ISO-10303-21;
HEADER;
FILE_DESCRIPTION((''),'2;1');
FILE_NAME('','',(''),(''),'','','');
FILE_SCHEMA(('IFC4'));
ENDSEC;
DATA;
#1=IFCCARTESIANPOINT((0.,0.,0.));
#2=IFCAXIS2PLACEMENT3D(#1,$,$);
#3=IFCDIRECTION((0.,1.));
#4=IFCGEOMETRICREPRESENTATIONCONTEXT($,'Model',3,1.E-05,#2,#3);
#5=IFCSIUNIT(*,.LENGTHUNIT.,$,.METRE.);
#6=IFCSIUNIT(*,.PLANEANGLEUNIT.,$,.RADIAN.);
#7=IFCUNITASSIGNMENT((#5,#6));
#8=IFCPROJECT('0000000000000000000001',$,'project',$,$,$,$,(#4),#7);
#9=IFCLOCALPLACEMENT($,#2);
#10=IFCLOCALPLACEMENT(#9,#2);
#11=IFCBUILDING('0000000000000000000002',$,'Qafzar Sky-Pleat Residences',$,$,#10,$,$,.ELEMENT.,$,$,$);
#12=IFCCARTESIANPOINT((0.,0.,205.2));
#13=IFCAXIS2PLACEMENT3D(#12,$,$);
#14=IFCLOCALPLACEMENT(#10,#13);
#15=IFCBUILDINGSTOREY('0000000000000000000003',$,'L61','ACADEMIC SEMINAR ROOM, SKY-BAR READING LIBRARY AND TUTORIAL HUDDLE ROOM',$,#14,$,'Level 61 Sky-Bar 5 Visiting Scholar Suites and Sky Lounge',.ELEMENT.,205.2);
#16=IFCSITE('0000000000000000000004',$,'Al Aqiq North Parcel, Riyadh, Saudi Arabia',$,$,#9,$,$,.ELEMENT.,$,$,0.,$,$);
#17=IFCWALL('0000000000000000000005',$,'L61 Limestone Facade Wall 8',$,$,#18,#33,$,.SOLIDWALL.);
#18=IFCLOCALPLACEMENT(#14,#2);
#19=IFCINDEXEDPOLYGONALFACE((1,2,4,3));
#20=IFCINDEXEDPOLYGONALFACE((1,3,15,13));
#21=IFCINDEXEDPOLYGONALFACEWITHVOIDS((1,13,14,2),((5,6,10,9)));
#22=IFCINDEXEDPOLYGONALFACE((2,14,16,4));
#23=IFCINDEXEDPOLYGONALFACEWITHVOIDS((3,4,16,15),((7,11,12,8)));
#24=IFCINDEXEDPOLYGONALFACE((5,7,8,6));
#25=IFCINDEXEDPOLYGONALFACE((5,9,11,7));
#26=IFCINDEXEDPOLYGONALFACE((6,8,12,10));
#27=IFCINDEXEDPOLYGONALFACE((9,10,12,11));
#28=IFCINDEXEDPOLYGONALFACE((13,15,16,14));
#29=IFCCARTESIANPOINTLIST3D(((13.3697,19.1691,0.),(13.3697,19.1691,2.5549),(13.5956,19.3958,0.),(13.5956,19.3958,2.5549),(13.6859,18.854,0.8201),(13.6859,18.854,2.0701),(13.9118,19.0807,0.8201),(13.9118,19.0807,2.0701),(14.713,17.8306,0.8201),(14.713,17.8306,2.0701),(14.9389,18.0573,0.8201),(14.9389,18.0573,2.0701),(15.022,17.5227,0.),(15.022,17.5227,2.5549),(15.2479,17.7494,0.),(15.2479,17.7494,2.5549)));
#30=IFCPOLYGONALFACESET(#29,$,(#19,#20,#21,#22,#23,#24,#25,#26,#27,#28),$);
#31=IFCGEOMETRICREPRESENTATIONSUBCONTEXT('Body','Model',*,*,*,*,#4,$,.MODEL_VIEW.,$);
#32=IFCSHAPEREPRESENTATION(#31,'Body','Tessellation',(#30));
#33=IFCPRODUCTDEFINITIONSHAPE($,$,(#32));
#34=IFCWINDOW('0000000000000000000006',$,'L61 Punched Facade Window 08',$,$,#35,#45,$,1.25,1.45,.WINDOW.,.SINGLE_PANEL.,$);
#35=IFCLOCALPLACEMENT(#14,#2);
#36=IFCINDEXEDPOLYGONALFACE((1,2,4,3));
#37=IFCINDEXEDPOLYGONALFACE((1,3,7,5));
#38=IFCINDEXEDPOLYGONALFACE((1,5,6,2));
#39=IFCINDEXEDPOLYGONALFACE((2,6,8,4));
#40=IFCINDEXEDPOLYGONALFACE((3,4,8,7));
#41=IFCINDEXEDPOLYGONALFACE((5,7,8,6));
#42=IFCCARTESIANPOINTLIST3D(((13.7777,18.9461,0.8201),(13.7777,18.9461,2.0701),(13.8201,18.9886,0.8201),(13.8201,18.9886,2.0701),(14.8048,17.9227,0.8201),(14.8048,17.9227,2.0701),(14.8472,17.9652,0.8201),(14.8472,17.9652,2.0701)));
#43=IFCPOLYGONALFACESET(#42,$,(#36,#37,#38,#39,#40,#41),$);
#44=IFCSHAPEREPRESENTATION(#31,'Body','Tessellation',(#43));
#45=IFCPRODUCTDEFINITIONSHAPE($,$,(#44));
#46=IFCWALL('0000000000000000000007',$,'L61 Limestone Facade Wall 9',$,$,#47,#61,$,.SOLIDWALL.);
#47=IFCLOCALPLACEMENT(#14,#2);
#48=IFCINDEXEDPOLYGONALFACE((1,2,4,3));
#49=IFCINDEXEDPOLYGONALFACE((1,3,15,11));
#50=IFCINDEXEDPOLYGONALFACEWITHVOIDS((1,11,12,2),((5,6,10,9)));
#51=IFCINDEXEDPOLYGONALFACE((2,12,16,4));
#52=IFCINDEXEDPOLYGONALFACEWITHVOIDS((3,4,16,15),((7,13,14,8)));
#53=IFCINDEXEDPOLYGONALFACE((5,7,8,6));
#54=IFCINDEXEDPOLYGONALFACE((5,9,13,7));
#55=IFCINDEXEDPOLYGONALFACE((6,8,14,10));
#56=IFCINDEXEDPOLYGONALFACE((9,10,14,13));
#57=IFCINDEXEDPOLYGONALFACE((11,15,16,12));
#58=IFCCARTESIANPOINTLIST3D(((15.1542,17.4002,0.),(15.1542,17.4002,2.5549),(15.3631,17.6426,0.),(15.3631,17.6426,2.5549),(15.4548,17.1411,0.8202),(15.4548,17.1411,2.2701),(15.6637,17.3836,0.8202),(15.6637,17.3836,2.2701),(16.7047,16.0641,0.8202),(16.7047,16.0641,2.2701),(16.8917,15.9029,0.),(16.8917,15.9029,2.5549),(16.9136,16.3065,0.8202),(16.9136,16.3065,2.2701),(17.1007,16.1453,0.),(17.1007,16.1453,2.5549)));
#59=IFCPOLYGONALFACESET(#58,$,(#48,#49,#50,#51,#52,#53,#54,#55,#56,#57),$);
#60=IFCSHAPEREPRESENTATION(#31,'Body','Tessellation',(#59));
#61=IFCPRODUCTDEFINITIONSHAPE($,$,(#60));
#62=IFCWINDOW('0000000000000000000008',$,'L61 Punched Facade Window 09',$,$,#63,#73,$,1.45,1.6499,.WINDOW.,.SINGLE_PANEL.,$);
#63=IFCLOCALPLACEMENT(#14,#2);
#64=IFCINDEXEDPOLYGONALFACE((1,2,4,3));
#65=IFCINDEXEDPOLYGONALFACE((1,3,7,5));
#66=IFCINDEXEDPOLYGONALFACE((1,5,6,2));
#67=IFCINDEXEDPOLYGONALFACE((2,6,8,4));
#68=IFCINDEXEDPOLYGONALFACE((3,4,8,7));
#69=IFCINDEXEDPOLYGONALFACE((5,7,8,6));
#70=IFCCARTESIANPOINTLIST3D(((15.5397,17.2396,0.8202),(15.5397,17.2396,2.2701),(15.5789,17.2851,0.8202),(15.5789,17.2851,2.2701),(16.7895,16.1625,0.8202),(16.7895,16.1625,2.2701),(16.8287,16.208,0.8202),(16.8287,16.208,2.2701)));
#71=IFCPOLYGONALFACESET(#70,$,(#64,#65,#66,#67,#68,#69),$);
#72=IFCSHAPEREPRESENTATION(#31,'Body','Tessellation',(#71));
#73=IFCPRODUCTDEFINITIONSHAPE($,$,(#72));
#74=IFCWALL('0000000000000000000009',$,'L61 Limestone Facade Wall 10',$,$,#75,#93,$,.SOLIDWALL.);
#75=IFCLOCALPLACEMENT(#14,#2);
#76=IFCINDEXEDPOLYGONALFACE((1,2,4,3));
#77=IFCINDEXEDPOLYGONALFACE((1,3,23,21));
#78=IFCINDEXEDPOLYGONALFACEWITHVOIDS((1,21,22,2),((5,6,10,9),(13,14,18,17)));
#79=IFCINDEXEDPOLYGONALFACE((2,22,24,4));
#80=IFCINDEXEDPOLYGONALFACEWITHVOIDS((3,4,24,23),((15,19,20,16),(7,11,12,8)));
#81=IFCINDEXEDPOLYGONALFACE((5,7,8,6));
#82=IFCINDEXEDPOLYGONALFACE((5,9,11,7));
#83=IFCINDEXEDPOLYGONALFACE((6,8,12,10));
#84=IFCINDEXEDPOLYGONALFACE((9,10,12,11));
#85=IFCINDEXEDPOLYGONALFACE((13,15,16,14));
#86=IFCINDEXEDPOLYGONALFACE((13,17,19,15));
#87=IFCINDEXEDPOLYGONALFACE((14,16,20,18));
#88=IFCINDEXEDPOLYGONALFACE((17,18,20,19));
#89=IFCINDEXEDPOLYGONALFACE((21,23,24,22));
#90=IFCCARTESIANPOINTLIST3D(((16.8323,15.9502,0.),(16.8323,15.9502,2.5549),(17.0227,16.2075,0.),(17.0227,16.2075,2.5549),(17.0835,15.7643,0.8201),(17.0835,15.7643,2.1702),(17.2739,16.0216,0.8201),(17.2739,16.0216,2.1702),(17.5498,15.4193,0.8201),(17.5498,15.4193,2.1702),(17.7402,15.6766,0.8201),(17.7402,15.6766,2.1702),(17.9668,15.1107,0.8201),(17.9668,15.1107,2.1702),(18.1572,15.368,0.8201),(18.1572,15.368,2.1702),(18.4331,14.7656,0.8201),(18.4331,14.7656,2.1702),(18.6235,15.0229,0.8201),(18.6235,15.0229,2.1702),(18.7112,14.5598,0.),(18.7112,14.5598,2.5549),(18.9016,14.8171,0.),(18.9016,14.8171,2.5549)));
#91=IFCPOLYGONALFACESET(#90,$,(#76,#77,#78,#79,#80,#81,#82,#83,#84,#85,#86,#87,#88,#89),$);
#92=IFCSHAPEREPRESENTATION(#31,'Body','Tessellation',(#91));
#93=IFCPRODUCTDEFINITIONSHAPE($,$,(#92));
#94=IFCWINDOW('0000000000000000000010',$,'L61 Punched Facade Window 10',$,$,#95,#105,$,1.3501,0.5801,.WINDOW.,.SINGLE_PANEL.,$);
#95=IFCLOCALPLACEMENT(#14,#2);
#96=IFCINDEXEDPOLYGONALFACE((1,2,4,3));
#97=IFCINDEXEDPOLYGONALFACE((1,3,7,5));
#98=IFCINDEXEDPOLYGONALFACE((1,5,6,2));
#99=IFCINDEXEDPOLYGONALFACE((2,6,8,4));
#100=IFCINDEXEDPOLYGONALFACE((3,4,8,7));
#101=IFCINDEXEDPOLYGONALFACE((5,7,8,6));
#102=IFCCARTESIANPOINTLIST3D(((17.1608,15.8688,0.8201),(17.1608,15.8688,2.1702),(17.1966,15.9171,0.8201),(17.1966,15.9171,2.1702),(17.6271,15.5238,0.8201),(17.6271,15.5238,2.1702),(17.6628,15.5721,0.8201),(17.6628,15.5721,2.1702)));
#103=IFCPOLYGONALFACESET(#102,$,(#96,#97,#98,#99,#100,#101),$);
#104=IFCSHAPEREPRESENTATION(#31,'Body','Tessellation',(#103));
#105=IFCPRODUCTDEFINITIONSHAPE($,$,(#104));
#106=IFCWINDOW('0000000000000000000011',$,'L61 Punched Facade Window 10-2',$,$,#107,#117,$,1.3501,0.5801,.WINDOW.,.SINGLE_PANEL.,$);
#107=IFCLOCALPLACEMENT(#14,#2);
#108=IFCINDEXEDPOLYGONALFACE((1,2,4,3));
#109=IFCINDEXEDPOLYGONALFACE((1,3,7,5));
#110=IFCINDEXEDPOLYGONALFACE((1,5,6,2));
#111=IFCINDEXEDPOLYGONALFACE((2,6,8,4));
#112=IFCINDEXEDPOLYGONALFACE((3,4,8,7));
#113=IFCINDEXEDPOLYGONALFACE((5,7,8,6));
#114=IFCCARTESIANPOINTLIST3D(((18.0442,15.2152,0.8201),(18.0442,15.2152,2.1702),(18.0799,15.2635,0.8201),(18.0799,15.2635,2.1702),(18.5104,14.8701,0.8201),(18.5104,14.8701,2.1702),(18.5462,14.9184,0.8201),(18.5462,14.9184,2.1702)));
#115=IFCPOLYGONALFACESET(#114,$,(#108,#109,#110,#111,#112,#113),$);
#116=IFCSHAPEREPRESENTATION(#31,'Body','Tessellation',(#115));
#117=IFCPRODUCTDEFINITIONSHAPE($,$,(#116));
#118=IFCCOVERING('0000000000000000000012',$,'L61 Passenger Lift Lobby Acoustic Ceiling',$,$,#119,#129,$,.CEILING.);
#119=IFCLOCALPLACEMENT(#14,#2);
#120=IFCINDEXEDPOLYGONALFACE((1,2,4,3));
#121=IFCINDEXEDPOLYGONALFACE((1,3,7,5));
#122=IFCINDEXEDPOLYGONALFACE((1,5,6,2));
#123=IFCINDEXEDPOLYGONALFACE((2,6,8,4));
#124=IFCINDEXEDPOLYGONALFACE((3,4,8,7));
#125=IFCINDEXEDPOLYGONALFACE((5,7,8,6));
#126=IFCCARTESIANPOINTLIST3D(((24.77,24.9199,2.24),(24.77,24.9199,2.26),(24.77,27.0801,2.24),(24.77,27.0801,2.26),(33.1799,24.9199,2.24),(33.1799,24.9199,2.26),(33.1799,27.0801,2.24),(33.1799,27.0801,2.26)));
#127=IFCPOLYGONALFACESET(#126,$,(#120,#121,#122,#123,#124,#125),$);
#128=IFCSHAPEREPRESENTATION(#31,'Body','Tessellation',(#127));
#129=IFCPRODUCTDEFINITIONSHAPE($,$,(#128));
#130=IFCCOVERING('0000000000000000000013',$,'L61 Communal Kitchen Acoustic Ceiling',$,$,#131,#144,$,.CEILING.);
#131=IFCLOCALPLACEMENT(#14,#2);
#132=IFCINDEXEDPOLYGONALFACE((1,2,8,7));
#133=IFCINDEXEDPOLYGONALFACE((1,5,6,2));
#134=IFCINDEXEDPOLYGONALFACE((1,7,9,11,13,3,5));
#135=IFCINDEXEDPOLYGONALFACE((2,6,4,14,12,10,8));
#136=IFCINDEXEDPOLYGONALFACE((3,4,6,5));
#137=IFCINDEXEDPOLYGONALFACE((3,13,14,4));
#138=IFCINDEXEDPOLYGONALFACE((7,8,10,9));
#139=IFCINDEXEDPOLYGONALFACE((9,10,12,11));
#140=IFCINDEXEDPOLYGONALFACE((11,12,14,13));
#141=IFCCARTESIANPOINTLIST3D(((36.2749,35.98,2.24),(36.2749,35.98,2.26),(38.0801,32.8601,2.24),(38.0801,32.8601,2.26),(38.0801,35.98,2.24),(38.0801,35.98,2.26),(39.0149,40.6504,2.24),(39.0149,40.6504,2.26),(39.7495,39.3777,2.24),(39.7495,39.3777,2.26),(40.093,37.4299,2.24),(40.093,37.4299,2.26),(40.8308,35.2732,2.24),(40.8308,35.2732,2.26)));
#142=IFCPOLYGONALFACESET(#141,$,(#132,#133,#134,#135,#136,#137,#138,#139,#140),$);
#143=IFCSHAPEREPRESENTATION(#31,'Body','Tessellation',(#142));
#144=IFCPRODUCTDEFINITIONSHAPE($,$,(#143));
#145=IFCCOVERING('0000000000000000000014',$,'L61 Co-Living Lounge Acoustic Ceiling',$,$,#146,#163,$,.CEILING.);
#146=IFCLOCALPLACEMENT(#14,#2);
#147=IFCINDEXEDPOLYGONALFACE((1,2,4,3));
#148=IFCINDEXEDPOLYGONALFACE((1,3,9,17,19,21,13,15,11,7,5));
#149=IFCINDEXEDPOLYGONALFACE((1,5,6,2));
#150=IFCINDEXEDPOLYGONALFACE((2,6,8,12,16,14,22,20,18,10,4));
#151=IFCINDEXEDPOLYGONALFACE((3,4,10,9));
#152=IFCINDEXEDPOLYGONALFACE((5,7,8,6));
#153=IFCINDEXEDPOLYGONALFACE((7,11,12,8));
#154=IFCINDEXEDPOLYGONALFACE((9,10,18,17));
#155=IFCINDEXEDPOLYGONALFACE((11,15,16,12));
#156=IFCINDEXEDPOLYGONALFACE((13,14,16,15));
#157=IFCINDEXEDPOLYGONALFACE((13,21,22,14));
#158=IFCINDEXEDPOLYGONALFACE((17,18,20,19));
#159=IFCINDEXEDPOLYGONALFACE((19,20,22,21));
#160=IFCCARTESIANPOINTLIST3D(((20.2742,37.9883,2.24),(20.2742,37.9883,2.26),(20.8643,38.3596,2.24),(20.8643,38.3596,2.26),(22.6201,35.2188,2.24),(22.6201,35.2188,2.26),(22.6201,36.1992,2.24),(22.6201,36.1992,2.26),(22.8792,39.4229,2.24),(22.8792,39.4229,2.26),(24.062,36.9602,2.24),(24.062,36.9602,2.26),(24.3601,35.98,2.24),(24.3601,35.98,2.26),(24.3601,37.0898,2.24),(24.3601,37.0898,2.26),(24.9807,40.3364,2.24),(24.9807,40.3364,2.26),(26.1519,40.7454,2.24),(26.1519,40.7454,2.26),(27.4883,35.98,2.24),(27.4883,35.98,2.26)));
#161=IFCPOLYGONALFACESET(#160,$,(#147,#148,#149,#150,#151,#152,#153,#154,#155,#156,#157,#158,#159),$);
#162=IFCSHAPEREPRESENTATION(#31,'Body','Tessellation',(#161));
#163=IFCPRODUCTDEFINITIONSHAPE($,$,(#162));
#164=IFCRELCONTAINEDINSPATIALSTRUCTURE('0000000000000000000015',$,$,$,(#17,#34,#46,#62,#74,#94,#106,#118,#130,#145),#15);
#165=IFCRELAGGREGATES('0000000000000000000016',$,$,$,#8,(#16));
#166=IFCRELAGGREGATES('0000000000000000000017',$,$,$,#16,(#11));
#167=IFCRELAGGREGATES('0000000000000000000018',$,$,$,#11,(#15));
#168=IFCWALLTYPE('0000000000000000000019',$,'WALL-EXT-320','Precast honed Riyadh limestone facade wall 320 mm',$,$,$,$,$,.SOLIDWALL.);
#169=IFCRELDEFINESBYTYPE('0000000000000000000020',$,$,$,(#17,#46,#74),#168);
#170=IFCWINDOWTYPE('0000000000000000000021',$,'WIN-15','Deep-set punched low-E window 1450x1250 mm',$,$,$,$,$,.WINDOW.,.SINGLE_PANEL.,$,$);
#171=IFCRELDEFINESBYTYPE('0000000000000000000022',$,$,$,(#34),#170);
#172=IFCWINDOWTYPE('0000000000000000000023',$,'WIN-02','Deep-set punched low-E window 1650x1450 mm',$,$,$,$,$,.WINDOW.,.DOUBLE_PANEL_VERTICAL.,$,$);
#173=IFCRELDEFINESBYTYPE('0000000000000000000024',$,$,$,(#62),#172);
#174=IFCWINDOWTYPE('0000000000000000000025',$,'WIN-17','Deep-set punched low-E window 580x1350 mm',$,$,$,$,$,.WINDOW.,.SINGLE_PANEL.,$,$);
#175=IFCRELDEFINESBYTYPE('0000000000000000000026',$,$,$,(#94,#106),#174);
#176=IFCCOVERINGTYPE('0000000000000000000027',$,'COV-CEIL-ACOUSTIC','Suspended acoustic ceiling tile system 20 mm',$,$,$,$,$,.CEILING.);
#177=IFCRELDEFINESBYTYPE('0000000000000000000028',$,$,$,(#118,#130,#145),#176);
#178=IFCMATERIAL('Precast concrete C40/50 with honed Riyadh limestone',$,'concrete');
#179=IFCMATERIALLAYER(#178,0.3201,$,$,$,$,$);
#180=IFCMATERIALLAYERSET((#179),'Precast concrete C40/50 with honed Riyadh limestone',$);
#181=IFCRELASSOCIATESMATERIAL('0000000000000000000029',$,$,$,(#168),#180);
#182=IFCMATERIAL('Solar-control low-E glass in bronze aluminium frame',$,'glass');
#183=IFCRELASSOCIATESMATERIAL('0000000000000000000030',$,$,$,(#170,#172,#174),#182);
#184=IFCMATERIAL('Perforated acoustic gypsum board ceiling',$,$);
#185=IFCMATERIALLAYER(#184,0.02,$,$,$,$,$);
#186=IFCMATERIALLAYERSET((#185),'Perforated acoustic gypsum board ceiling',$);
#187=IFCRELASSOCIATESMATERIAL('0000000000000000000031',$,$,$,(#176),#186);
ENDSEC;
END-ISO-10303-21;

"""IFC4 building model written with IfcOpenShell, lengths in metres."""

from ifc_helpers import new_model, si_unit, direction, frame, frame_2d, origin, place, context, subcontext, project, spatial, polyline, rectangle, outline, extrude, source, transform, mapped, material, layer, layer_set, type_object, element, fill, save


model = new_model("IFC4")

# Units and contexts
model_context = context("Model", 3, precision=1e-05, world=origin(), true_north=direction((0.0, 1.0)))
body_context = subcontext(model_context, "Body", "Model", "MODEL_VIEW")
ifc_project = project(units=[si_unit("LENGTHUNIT", "METRE"), si_unit("PLANEANGLEUNIT", "RADIAN")], contexts=[model_context])

# Site, building, storey
site_placement = place(None, origin())
site = spatial("IfcSite", under=ifc_project, at=site_placement, Name="Al Aqiq North Parcel, Riyadh, Saudi Arabia", CompositionType="ELEMENT", RefElevation=0.0)
building_placement = place(site_placement, origin())
building = spatial("IfcBuilding", under=site, at=building_placement, Name="Qafzar Sky-Pleat Residences", CompositionType="ELEMENT")
storey_placement = place(building_placement, frame((0.0, 0.0, 205.2)))
storey = spatial("IfcBuildingStorey", under=building, at=storey_placement, Name="L61", Description="ACADEMIC SEMINAR ROOM, SKY-BAR READING LIBRARY AND TUTORIAL HUDDLE ROOM", LongName="Level 61 Sky-Bar 5 Visiting Scholar Suites and Sky Lounge", CompositionType="ELEMENT", Elevation=205.2)

# Walls, openings, windows
ifc_material_1 = material(Name="Precast concrete C40/50 with honed Riyadh limestone", Category="concrete")
ifc_layer_1 = layer(ifc_material_1, 0.3201)
ifc_layer_set_1 = layer_set([ifc_layer_1], Name="Precast concrete C40/50 with honed Riyadh limestone")
wall_type = type_object("IfcWallType", Name="WALL-EXT-320", Description="Precast honed Riyadh limestone facade wall 320 mm", PredefinedType="SOLIDWALL", material=ifc_layer_set_1)
wall_1_placement = place(storey_placement, frame((13.4827, 19.2825, 0.0), z_axis=(0.0, 0.0, 1.0), x_axis=(0.708362, -0.70585, 0.0)))
wall_1 = element("IfcWall", 1, at=wall_1_placement, inside=storey, type_object=wall_type, Name="L61 Limestone Facade Wall 8", PredefinedType="SOLIDWALL", context=body_context, shape_type="SweptSolid", body=[
    extrude(rectangle(XDim=2.3325, YDim=0.3201, at=frame_2d((1.1663, 0.0))), origin(), (0.0, 0.0, 1.0), 2.5549),
])
opening_1_placement = place(wall_1_placement, frame((0.4463, 0.0, 0.8201)))
opening_1 = element("IfcOpeningElement", 2, at=opening_1_placement, cuts=wall_1, PredefinedType="OPENING", context=body_context, shape_type="SweptSolid", body=[
    extrude(rectangle(XDim=1.45, YDim=1.25, at=frame_2d((0.7251, 0.625))), frame((0.0, 0.1699, 0.0), z_axis=(0.0, -1.0, 0.0), x_axis=(1.0, 0.0, 0.0)), (0.0, 0.0, 1.0), 0.3401),
])
ifc_material_2 = material(Name="Solar-control low-E glass in bronze aluminium frame", Category="glass")
window_type_1 = type_object("IfcWindowType", Name="WIN-15", Description="Deep-set punched low-E window 1450x1250 mm", PartitioningType="SINGLE_PANEL", PredefinedType="WINDOW", material=ifc_material_2)
shared_shape_1 = source(origin(), body_context, "Body", "SweptSolid", [
    extrude(rectangle(XDim=1.45, YDim=1.25, at=frame_2d((0.7251, 0.625))), frame((0.0, 0.03, 0.0), z_axis=(0.0, -1.0, 0.0), x_axis=(1.0, 0.0, 0.0)), (0.0, 0.0, 1.0), 0.0601),
])
window_1_placement = place(opening_1_placement, origin())
window_1 = element("IfcWindow", 3, at=window_1_placement, inside=storey, type_object=window_type_1, Name="L61 Punched Facade Window 08", OverallHeight=1.25, OverallWidth=1.45, PartitioningType="SINGLE_PANEL", PredefinedType="WINDOW", context=body_context, shape_type="MappedRepresentation", body=[
    mapped(shared_shape_1, transform((0.0, 0.0, 0.0), x_axis=(1.0, 0.0, 0.0), y_axis=(0.0, 1.0, 0.0), z_axis=(0.0, 0.0, 1.0), scale=1.0)),
])
fill(opening_1, window_1)
wall_2_placement = place(storey_placement, frame((15.2585, 17.5215, 0.0), z_axis=(0.0, 0.0, 1.0), x_axis=(0.757533, -0.652796, 0.0)))
wall_2 = element("IfcWall", 4, at=wall_2_placement, inside=storey, type_object=wall_type, Name="L61 Limestone Facade Wall 9", PredefinedType="SOLIDWALL", context=body_context, shape_type="SweptSolid", body=[
    extrude(rectangle(XDim=2.2937, YDim=0.3201, at=frame_2d((1.147, 0.0))), origin(), (0.0, 0.0, 1.0), 2.5549),
])
opening_2_placement = place(wall_2_placement, frame((0.397, 0.0, 0.8201)))
opening_2 = element("IfcOpeningElement", 5, at=opening_2_placement, cuts=wall_2, PredefinedType="OPENING", context=body_context, shape_type="SweptSolid", body=[
    extrude(rectangle(XDim=1.6499, YDim=1.45, at=frame_2d((0.825, 0.7251))), frame((0.0, 0.1699, 0.0), z_axis=(0.0, -1.0, 0.0), x_axis=(1.0, 0.0, 0.0)), (0.0, 0.0, 1.0), 0.3401),
])
window_type_2 = type_object("IfcWindowType", Name="WIN-02", Description="Deep-set punched low-E window 1650x1450 mm", PartitioningType="DOUBLE_PANEL_VERTICAL", PredefinedType="WINDOW", material=ifc_material_2)
shared_shape_2 = source(origin(), body_context, "Body", "SweptSolid", [
    extrude(rectangle(XDim=1.6499, YDim=1.45, at=frame_2d((0.825, 0.7251))), frame((0.0, 0.03, 0.0), z_axis=(0.0, -1.0, 0.0), x_axis=(1.0, 0.0, 0.0)), (0.0, 0.0, 1.0), 0.0601),
])
window_2_placement = place(opening_2_placement, origin())
window_2 = element("IfcWindow", 6, at=window_2_placement, inside=storey, type_object=window_type_2, Name="L61 Punched Facade Window 09", OverallHeight=1.45, OverallWidth=1.6499, PartitioningType="SINGLE_PANEL", PredefinedType="WINDOW", context=body_context, shape_type="MappedRepresentation", body=[
    mapped(shared_shape_2, transform((0.0, 0.0, 0.0), x_axis=(1.0, 0.0, 0.0), y_axis=(0.0, 1.0, 0.0), z_axis=(0.0, 0.0, 1.0), scale=1.0)),
])
fill(opening_2, window_2)

# Wall, openings, windows
wall_3_placement = place(storey_placement, frame((16.9275, 16.0789, 0.0), z_axis=(0.0, 0.0, 1.0), x_axis=(0.803844, -0.59484, 0.0)))
wall_3 = element("IfcWall", 7, at=wall_3_placement, inside=storey, type_object=wall_type, Name="L61 Limestone Facade Wall 10", PredefinedType="SOLIDWALL", context=body_context, shape_type="SweptSolid", body=[
    extrude(rectangle(XDim=2.3374, YDim=0.3201, at=frame_2d((1.1687, 0.0))), origin(), (0.0, 0.0, 1.0), 2.5549),
])
opening_3_placement = place(wall_3_placement, frame((0.3125, 0.0, 0.8201)))
opening_3 = element("IfcOpeningElement", 8, at=opening_3_placement, cuts=wall_3, PredefinedType="OPENING", context=body_context, shape_type="SweptSolid", body=[
    extrude(rectangle(XDim=0.5801, YDim=1.3501, at=frame_2d((0.29, 0.675))), frame((0.0, 0.1699, 0.0), z_axis=(0.0, -1.0, 0.0), x_axis=(1.0, 0.0, 0.0)), (0.0, 0.0, 1.0), 0.3401),
])
opening_4_placement = place(wall_3_placement, frame((1.4114, 0.0, 0.8201)))
opening_4 = element("IfcOpeningElement", 9, at=opening_4_placement, cuts=wall_3, PredefinedType="OPENING", context=body_context, shape_type="SweptSolid", body=[
    extrude(rectangle(XDim=0.5801, YDim=1.3501, at=frame_2d((0.29, 0.675))), frame((0.0, 0.1699, 0.0), z_axis=(0.0, -1.0, 0.0), x_axis=(1.0, 0.0, 0.0)), (0.0, 0.0, 1.0), 0.3401),
])
window_type_3 = type_object("IfcWindowType", Name="WIN-17", Description="Deep-set punched low-E window 580x1350 mm", PartitioningType="SINGLE_PANEL", PredefinedType="WINDOW", material=ifc_material_2)
shared_shape_3 = source(origin(), body_context, "Body", "SweptSolid", [
    extrude(rectangle(XDim=0.5801, YDim=1.3501, at=frame_2d((0.29, 0.675))), frame((0.0, 0.03, 0.0), z_axis=(0.0, -1.0, 0.0), x_axis=(1.0, 0.0, 0.0)), (0.0, 0.0, 1.0), 0.0601),
])
window_3_placement = place(opening_3_placement, origin())
window_3 = element("IfcWindow", 10, at=window_3_placement, inside=storey, type_object=window_type_3, Name="L61 Punched Facade Window 10", OverallHeight=1.3501, OverallWidth=0.5801, PartitioningType="SINGLE_PANEL", PredefinedType="WINDOW", context=body_context, shape_type="MappedRepresentation", body=[
    mapped(shared_shape_3, transform((0.0, 0.0, 0.0), x_axis=(1.0, 0.0, 0.0), y_axis=(0.0, 1.0, 0.0), z_axis=(0.0, 0.0, 1.0), scale=1.0)),
])
fill(opening_3, window_3)
window_4_placement = place(opening_4_placement, origin())
window_4 = element("IfcWindow", 11, at=window_4_placement, inside=storey, type_object=window_type_3, Name="L61 Punched Facade Window 10-2", OverallHeight=1.3501, OverallWidth=0.5801, PartitioningType="SINGLE_PANEL", PredefinedType="WINDOW", context=body_context, shape_type="MappedRepresentation", body=[
    mapped(shared_shape_3, transform((0.0, 0.0, 0.0), x_axis=(1.0, 0.0, 0.0), y_axis=(0.0, 1.0, 0.0), z_axis=(0.0, 0.0, 1.0), scale=1.0)),
])
fill(opening_4, window_4)

# Coverings
ifc_material_3 = material(Name="Perforated acoustic gypsum board ceiling")
ifc_layer_2 = layer(ifc_material_3, 0.02)
ifc_layer_set_2 = layer_set([ifc_layer_2], Name="Perforated acoustic gypsum board ceiling")
covering_type_1 = type_object("IfcCoveringType", Name="COV-CEIL-ACOUSTIC", Description="Suspended acoustic ceiling tile system 20 mm", PredefinedType="CEILING", material=ifc_layer_set_2)
covering_1_placement = place(storey_placement, frame((0.0, 0.0, 2.24)))
element("IfcCovering", 12, at=covering_1_placement, inside=storey, type_object=covering_type_1, Name="L61 Passenger Lift Lobby Acoustic Ceiling", PredefinedType="CEILING", context=body_context, shape_type="SweptSolid", body=[
    extrude(outline(polyline([(33.1799, 24.9199), (24.77, 24.9199), (24.77, 27.0801), (33.1799, 27.0801), (33.1799, 24.9199)])), origin(), (0.0, 0.0, 1.0), 0.02),
])
covering_2_placement = place(storey_placement, frame((0.0, 0.0, 2.24)))
element("IfcCovering", 13, at=covering_2_placement, inside=storey, type_object=covering_type_1, Name="L61 Communal Kitchen Acoustic Ceiling", PredefinedType="CEILING", context=body_context, shape_type="SweptSolid", body=[
    extrude(outline(polyline([(39.7495, 39.3777), (40.093, 37.4299), (40.8308, 35.2732), (38.0801, 32.8601), (38.0801, 35.98), (36.2749, 35.98), (39.0149, 40.6504), (39.7495, 39.3777)])), origin(), (0.0, 0.0, 1.0), 0.02),
])
covering_3_placement = place(storey_placement, frame((0.0, 0.0, 2.24)))
element("IfcCovering", 14, at=covering_3_placement, inside=storey, type_object=covering_type_1, Name="L61 Co-Living Lounge Acoustic Ceiling", PredefinedType="CEILING", context=body_context, shape_type="SweptSolid", body=[
    extrude(outline(polyline([(20.8643, 38.3596), (22.8792, 39.4229), (24.9807, 40.3364), (26.1519, 40.7454), (27.4883, 35.98), (24.3601, 35.98), (24.3601, 37.0898), (24.062, 36.9602), (22.6201, 36.1992), (22.6201, 35.2188), (20.2742, 37.9883), (20.8643, 38.3596)])), origin(), (0.0, 0.0, 1.0), 0.02),
])

save(model, "model.ifc")
